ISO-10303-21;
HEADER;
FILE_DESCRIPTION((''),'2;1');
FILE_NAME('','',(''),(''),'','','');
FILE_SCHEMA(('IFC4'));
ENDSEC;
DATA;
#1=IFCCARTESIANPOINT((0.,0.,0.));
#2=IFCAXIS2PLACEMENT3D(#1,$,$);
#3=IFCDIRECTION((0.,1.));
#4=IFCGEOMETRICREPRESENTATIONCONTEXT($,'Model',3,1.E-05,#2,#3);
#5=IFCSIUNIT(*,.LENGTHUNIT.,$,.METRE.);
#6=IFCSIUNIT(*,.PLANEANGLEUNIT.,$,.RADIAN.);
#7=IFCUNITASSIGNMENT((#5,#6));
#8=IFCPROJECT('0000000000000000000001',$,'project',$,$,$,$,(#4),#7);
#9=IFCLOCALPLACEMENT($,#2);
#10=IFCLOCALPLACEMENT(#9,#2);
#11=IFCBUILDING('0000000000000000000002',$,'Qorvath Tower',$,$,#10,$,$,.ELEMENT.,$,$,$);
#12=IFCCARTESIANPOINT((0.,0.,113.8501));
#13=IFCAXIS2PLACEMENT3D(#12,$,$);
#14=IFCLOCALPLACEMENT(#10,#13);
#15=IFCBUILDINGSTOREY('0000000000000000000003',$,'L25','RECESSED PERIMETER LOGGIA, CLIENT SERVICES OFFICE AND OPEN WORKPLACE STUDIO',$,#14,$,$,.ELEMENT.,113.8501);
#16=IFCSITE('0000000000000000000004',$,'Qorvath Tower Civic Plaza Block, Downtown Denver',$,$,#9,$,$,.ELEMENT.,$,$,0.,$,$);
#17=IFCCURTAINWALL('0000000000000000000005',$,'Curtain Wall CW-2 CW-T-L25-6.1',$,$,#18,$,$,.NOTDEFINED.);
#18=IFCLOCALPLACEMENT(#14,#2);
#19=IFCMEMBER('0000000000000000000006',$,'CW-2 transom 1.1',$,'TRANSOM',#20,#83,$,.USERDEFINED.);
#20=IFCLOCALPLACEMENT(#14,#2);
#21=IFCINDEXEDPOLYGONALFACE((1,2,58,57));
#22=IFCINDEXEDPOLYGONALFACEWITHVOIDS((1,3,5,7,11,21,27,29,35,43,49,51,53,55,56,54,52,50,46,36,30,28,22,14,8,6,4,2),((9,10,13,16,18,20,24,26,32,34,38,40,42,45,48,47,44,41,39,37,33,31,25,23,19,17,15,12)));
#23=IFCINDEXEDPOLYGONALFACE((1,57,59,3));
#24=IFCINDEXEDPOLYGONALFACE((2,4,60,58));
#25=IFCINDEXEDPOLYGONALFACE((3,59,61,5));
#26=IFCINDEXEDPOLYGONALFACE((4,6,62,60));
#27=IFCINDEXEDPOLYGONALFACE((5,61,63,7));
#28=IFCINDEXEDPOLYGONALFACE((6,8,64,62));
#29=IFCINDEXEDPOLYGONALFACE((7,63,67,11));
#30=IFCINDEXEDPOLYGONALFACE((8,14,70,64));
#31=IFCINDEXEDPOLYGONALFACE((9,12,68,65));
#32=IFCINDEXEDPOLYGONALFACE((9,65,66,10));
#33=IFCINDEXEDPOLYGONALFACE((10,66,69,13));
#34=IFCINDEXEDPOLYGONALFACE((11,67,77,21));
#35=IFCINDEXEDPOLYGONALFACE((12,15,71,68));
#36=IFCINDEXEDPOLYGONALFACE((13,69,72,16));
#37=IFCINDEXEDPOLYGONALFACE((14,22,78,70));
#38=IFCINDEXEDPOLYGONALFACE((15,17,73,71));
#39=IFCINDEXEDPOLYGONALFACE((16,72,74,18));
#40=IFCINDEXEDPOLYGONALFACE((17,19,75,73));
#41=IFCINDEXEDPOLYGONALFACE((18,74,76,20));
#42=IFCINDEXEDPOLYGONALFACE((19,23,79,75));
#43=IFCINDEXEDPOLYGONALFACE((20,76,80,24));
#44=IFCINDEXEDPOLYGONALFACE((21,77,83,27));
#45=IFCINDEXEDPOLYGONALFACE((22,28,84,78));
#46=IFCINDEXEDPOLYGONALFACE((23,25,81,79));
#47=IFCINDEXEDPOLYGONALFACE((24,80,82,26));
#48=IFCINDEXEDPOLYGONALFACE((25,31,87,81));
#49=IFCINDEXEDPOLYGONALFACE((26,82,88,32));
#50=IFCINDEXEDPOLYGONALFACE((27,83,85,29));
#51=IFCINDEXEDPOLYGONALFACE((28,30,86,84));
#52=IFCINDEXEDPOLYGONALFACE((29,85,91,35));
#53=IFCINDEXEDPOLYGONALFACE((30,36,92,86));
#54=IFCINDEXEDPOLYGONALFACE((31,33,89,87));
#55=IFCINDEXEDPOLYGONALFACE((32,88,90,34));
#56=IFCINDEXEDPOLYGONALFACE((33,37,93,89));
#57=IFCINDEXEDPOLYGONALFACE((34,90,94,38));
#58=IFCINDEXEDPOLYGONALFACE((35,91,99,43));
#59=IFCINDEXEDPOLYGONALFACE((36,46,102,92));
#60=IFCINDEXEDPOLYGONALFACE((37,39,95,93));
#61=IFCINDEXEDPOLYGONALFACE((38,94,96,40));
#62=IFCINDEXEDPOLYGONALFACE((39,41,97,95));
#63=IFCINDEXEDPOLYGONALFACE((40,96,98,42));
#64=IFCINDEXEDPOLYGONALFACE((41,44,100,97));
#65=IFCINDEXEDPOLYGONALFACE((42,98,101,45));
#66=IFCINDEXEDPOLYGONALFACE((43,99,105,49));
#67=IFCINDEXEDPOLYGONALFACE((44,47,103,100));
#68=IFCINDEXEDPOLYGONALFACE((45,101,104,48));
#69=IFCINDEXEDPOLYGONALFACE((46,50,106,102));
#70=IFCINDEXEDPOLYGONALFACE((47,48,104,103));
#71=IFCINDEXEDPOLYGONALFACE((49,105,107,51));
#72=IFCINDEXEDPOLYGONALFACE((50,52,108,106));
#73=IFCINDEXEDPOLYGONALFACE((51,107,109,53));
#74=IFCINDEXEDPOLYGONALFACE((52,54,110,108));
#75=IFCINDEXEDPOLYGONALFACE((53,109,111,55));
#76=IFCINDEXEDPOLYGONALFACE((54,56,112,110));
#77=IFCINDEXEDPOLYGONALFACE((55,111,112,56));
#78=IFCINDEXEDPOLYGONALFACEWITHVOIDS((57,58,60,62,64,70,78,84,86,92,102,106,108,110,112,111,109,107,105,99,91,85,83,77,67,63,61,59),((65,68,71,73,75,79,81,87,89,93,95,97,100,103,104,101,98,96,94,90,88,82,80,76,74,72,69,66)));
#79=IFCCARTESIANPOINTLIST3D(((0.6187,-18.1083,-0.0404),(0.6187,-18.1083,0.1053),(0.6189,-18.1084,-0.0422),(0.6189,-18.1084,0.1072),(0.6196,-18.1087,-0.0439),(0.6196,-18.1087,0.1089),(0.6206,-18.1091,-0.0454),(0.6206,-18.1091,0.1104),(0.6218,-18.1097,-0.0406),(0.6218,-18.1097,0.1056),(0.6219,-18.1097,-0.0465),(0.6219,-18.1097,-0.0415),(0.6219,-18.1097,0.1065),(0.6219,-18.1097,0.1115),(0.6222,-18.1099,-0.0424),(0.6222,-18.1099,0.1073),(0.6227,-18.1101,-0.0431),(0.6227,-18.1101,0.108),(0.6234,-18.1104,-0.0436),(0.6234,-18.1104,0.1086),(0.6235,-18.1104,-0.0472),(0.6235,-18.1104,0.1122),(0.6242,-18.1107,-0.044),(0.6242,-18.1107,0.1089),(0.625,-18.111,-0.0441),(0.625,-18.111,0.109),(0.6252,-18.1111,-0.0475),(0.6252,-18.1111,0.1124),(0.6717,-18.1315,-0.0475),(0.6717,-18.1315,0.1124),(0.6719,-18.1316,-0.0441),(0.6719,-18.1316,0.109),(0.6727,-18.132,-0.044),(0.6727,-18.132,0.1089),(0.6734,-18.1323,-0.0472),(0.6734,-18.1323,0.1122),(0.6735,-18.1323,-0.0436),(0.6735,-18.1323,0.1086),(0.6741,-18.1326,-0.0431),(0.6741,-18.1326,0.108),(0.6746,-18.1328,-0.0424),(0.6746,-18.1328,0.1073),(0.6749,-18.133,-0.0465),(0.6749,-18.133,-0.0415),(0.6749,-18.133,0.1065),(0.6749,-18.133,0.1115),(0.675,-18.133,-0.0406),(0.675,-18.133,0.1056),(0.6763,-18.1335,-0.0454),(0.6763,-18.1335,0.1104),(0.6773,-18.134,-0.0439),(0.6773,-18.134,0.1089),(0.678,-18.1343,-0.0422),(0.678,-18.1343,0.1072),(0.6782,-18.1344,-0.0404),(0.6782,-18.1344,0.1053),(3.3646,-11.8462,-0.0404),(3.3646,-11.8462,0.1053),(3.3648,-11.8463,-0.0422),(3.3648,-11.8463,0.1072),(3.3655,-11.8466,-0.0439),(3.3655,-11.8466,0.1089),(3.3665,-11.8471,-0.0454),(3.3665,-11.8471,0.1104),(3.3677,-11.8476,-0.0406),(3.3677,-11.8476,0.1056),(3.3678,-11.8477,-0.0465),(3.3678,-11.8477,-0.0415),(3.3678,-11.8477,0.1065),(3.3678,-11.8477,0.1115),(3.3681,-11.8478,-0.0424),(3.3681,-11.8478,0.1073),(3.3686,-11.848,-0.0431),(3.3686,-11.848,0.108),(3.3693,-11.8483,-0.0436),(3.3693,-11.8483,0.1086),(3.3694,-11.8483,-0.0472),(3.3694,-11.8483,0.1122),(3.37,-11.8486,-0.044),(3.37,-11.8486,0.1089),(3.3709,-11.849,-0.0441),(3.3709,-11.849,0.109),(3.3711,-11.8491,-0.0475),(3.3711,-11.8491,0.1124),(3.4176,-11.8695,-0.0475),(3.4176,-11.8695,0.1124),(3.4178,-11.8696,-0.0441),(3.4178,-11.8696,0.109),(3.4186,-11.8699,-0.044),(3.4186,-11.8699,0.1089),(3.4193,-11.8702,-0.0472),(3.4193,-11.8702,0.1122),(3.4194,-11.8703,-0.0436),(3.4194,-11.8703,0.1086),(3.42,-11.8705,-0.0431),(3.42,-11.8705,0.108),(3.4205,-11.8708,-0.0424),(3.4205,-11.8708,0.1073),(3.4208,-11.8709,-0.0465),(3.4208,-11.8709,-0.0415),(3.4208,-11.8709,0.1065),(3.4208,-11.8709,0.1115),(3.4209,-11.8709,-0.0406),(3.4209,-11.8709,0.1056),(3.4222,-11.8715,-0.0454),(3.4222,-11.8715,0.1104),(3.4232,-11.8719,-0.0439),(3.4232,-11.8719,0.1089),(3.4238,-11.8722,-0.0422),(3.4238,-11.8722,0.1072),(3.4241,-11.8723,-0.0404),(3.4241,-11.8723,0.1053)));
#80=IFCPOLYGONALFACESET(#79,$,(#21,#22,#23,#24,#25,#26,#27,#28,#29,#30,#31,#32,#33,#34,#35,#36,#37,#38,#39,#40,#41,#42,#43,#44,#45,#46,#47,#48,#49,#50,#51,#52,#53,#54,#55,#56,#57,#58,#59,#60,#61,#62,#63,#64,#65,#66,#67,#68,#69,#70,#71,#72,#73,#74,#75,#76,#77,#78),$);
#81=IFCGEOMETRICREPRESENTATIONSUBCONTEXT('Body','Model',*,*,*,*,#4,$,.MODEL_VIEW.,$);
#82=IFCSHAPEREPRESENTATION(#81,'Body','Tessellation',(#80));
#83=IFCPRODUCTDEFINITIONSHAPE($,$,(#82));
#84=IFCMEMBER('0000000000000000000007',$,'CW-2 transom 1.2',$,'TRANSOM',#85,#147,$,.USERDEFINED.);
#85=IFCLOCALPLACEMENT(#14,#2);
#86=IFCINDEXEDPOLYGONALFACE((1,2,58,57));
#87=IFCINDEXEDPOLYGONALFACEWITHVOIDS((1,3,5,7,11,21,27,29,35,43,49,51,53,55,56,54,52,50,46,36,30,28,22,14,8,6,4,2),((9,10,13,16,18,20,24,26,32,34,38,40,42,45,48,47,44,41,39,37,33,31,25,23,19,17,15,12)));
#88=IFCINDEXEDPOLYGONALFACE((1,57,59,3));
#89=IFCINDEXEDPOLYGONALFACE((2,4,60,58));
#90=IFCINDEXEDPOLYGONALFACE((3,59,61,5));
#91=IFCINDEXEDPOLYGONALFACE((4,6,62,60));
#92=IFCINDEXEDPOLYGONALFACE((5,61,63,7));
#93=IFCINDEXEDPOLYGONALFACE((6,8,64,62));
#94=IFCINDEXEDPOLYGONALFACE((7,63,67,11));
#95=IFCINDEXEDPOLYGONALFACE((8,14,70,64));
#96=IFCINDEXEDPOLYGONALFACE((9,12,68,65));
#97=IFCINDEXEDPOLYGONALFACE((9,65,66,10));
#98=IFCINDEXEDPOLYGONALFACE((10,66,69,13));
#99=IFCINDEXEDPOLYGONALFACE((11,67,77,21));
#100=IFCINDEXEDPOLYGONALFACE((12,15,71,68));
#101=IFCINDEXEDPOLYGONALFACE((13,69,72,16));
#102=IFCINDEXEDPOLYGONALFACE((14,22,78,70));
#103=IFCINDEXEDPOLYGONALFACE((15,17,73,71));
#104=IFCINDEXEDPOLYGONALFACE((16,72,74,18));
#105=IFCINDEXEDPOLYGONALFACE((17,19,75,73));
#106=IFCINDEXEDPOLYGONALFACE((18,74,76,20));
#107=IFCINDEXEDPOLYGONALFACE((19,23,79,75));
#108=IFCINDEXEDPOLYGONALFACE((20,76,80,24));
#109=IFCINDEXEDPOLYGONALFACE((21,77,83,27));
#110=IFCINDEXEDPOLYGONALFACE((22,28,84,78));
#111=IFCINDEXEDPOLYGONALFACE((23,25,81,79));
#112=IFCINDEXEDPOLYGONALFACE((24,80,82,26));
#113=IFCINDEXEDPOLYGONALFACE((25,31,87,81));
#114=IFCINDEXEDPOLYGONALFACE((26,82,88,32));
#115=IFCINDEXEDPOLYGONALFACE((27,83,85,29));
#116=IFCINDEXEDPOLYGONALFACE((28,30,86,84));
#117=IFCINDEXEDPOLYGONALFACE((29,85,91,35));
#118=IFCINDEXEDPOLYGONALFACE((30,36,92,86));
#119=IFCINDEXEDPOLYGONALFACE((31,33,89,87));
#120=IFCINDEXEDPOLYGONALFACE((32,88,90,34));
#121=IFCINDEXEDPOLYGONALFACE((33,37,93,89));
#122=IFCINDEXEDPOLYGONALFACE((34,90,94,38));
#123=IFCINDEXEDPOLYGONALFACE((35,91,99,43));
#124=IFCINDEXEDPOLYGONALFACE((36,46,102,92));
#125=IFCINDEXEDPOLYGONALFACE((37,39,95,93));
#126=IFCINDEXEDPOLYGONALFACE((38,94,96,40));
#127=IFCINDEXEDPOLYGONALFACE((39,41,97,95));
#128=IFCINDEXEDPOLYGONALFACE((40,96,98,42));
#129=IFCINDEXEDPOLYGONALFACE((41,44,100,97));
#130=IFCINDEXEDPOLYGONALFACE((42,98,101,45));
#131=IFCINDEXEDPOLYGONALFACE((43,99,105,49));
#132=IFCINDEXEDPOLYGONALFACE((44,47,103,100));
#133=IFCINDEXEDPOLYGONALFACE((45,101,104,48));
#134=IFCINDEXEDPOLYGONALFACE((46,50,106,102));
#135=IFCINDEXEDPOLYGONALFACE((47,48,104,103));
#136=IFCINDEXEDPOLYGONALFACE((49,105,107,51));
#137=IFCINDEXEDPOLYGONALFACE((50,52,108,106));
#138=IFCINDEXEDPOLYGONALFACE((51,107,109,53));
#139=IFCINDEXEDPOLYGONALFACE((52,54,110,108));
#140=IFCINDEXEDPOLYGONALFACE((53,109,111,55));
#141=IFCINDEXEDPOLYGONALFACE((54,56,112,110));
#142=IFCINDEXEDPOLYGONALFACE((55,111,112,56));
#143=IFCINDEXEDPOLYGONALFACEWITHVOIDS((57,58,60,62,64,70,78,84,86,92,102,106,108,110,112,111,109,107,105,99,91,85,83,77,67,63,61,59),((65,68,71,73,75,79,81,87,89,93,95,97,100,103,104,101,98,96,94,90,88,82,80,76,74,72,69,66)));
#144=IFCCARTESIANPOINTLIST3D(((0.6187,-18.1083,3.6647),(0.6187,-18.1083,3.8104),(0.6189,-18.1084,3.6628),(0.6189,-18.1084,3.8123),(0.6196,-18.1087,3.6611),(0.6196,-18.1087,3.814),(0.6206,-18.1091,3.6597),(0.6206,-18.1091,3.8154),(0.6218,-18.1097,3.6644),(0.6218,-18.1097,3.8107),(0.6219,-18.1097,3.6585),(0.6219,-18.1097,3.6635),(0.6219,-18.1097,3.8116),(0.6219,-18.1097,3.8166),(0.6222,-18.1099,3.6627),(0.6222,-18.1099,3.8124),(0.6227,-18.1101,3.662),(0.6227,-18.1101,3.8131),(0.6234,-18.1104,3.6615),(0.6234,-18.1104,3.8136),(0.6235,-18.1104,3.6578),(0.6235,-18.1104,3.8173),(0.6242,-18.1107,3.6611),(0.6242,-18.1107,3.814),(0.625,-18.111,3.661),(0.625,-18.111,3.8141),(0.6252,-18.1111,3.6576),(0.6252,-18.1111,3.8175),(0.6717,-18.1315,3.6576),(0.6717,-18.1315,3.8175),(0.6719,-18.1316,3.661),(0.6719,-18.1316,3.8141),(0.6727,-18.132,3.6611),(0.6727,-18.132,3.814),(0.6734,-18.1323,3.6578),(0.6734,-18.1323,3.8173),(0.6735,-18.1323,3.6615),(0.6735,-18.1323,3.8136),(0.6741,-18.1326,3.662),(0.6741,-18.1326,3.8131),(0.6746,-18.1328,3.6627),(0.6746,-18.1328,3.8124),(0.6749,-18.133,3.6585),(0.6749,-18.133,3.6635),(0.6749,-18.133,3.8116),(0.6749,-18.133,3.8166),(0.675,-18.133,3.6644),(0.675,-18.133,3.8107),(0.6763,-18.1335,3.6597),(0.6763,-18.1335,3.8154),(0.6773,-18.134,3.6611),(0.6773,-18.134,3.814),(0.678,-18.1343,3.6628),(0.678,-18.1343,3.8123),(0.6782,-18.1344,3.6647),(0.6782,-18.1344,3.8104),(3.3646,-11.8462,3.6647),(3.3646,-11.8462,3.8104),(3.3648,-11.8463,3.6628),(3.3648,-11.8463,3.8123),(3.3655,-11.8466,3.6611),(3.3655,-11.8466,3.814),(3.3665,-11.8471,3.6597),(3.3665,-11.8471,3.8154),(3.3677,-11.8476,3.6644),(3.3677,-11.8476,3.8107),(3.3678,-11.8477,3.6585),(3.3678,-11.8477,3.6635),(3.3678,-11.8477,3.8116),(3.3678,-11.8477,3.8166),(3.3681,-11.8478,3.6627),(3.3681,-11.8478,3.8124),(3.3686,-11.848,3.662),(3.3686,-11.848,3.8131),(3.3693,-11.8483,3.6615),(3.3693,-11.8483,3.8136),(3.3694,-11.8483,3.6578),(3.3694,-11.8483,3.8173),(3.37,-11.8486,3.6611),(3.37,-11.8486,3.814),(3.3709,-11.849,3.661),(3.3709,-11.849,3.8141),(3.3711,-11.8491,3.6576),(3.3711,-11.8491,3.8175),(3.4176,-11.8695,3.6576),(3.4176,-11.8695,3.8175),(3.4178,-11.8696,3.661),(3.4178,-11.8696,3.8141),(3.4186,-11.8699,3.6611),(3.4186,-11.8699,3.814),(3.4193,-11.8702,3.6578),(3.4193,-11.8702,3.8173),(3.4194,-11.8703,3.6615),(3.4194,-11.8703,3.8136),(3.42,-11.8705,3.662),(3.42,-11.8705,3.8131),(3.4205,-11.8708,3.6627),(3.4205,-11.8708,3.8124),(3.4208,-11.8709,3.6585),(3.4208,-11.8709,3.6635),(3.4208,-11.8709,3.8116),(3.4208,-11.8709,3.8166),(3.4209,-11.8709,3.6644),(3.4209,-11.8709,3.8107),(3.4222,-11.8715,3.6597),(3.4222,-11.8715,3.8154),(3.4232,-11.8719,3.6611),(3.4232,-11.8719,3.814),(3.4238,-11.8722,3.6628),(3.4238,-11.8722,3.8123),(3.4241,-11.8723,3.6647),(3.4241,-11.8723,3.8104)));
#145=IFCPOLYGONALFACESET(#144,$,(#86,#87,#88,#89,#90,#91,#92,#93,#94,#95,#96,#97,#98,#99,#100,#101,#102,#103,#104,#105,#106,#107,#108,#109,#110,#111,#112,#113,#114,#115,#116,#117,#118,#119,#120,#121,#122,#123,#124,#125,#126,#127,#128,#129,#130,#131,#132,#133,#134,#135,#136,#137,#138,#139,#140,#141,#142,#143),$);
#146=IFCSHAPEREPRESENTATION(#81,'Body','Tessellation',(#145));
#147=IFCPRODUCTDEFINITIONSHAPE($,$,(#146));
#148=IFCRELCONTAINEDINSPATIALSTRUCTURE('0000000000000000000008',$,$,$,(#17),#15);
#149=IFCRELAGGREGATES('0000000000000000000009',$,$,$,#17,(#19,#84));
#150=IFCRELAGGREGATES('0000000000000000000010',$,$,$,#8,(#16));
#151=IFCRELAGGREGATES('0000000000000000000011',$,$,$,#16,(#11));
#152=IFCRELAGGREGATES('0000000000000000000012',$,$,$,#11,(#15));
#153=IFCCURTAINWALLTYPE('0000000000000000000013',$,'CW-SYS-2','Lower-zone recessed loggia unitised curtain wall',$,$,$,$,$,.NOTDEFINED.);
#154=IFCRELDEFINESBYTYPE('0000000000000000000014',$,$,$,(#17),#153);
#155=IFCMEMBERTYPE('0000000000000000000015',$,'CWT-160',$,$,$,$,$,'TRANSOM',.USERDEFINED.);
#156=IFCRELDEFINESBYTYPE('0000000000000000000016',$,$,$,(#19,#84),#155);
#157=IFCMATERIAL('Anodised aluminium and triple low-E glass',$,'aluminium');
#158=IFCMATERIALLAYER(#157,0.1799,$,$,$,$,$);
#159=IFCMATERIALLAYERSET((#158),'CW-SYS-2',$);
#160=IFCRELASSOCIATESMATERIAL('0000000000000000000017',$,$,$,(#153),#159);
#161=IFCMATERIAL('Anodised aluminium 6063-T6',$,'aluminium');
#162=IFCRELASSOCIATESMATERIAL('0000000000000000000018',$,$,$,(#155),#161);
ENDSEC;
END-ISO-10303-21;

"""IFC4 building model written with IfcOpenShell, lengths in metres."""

from ifc_helpers import new_model, si_unit, direction, frame, origin, origin_2d, place, context, subcontext, project, spatial, hollow_rectangle, extrude, material, layer, layer_set, material_profile, profile_set, type_object, element, aggregate, save


model = new_model("IFC4")

# Units and contexts
model_context = context("Model", 3, precision=1e-05, world=origin(), true_north=direction((0.0, 1.0)))
body_context = subcontext(model_context, "Body", "Model", "MODEL_VIEW")
ifc_project = project(units=[si_unit("LENGTHUNIT", "METRE"), si_unit("PLANEANGLEUNIT", "RADIAN")], contexts=[model_context])

# Site, building, storey
site_placement = place(None, origin())
site = spatial("IfcSite", under=ifc_project, at=site_placement, Name="Qorvath Tower Civic Plaza Block, Downtown Denver", CompositionType="ELEMENT", RefElevation=0.0)
building_placement = place(site_placement, origin())
building = spatial("IfcBuilding", under=site, at=building_placement, Name="Qorvath Tower", CompositionType="ELEMENT")
storey_placement = place(building_placement, frame((0.0, 0.0, 113.8501)))
storey = spatial("IfcBuildingStorey", under=building, at=storey_placement, Name="L25", Description="RECESSED PERIMETER LOGGIA, CLIENT SERVICES OFFICE AND OPEN WORKPLACE STUDIO", CompositionType="ELEMENT", Elevation=113.8501)

# Curtain wall
ifc_material_1 = material(Name="Anodised aluminium and triple low-E glass", Category="aluminium")
ifc_layer_1 = layer(ifc_material_1, 0.1799)
ifc_layer_set_1 = layer_set([ifc_layer_1], Name="CW-SYS-2")
curtain_wall_type = type_object("IfcCurtainWallType", Name="CW-SYS-2", Description="Lower-zone recessed loggia unitised curtain wall", PredefinedType="NOTDEFINED", material=ifc_layer_set_1)
curtain_wall_1_placement = place(storey_placement, origin())
curtain_wall_1 = element("IfcCurtainWall", 1, at=curtain_wall_1_placement, inside=storey, type_object=curtain_wall_type, Name="Curtain Wall CW-2 CW-T-L25-6.1", PredefinedType="NOTDEFINED")

# Members
ifc_material_2 = material(Name="Anodised aluminium 6063-T6", Category="aluminium")
ifc_material_profile_1 = material_profile(ifc_material_2, hollow_rectangle(XDim=0.0649, YDim=0.1599, WallThickness=0.0034, InnerFilletRadius=0.0034, OuterFilletRadius=0.0071, at=origin_2d()), Name="CWT 160x65")
ifc_profile_set_1 = profile_set([ifc_material_profile_1], Name="Anodised aluminium 6063-T6")
member_type_1 = type_object("IfcMemberType", Name="CWT-160", ElementType="TRANSOM", PredefinedType="USERDEFINED", material=ifc_profile_set_1)
member_1_placement = place(storey_placement, frame((0.6484, -18.1213, 0.0325), z_axis=(0.401585, 0.915822, 0.0), x_axis=(-0.915822, 0.401585, 0.0)))
member_1 = element("IfcMember", 2, at=member_1_placement, type_object=member_type_1, Name="CW-2 transom 1.1", ObjectType="TRANSOM", PredefinedType="USERDEFINED", context=body_context, shape_type="SweptSolid", body=[
    extrude(hollow_rectangle(XDim=0.0649, YDim=0.1599, WallThickness=0.0034, InnerFilletRadius=0.0034, OuterFilletRadius=0.0071, at=origin_2d()), origin(), (0.0, 0.0, 1.0), 6.8376),
])
member_2_placement = place(storey_placement, frame((0.6484, -18.1213, 3.7375), z_axis=(0.401585, 0.915822, 0.0), x_axis=(-0.915822, 0.401585, 0.0)))
member_2 = element("IfcMember", 3, at=member_2_placement, type_object=member_type_1, Name="CW-2 transom 1.2", ObjectType="TRANSOM", PredefinedType="USERDEFINED", context=body_context, shape_type="SweptSolid", body=[
    extrude(hollow_rectangle(XDim=0.0649, YDim=0.1599, WallThickness=0.0034, InnerFilletRadius=0.0034, OuterFilletRadius=0.0071, at=origin_2d()), origin(), (0.0, 0.0, 1.0), 6.8376),
])

aggregate(curtain_wall_1, [member_1, member_2])

save(model, "model.ifc")
